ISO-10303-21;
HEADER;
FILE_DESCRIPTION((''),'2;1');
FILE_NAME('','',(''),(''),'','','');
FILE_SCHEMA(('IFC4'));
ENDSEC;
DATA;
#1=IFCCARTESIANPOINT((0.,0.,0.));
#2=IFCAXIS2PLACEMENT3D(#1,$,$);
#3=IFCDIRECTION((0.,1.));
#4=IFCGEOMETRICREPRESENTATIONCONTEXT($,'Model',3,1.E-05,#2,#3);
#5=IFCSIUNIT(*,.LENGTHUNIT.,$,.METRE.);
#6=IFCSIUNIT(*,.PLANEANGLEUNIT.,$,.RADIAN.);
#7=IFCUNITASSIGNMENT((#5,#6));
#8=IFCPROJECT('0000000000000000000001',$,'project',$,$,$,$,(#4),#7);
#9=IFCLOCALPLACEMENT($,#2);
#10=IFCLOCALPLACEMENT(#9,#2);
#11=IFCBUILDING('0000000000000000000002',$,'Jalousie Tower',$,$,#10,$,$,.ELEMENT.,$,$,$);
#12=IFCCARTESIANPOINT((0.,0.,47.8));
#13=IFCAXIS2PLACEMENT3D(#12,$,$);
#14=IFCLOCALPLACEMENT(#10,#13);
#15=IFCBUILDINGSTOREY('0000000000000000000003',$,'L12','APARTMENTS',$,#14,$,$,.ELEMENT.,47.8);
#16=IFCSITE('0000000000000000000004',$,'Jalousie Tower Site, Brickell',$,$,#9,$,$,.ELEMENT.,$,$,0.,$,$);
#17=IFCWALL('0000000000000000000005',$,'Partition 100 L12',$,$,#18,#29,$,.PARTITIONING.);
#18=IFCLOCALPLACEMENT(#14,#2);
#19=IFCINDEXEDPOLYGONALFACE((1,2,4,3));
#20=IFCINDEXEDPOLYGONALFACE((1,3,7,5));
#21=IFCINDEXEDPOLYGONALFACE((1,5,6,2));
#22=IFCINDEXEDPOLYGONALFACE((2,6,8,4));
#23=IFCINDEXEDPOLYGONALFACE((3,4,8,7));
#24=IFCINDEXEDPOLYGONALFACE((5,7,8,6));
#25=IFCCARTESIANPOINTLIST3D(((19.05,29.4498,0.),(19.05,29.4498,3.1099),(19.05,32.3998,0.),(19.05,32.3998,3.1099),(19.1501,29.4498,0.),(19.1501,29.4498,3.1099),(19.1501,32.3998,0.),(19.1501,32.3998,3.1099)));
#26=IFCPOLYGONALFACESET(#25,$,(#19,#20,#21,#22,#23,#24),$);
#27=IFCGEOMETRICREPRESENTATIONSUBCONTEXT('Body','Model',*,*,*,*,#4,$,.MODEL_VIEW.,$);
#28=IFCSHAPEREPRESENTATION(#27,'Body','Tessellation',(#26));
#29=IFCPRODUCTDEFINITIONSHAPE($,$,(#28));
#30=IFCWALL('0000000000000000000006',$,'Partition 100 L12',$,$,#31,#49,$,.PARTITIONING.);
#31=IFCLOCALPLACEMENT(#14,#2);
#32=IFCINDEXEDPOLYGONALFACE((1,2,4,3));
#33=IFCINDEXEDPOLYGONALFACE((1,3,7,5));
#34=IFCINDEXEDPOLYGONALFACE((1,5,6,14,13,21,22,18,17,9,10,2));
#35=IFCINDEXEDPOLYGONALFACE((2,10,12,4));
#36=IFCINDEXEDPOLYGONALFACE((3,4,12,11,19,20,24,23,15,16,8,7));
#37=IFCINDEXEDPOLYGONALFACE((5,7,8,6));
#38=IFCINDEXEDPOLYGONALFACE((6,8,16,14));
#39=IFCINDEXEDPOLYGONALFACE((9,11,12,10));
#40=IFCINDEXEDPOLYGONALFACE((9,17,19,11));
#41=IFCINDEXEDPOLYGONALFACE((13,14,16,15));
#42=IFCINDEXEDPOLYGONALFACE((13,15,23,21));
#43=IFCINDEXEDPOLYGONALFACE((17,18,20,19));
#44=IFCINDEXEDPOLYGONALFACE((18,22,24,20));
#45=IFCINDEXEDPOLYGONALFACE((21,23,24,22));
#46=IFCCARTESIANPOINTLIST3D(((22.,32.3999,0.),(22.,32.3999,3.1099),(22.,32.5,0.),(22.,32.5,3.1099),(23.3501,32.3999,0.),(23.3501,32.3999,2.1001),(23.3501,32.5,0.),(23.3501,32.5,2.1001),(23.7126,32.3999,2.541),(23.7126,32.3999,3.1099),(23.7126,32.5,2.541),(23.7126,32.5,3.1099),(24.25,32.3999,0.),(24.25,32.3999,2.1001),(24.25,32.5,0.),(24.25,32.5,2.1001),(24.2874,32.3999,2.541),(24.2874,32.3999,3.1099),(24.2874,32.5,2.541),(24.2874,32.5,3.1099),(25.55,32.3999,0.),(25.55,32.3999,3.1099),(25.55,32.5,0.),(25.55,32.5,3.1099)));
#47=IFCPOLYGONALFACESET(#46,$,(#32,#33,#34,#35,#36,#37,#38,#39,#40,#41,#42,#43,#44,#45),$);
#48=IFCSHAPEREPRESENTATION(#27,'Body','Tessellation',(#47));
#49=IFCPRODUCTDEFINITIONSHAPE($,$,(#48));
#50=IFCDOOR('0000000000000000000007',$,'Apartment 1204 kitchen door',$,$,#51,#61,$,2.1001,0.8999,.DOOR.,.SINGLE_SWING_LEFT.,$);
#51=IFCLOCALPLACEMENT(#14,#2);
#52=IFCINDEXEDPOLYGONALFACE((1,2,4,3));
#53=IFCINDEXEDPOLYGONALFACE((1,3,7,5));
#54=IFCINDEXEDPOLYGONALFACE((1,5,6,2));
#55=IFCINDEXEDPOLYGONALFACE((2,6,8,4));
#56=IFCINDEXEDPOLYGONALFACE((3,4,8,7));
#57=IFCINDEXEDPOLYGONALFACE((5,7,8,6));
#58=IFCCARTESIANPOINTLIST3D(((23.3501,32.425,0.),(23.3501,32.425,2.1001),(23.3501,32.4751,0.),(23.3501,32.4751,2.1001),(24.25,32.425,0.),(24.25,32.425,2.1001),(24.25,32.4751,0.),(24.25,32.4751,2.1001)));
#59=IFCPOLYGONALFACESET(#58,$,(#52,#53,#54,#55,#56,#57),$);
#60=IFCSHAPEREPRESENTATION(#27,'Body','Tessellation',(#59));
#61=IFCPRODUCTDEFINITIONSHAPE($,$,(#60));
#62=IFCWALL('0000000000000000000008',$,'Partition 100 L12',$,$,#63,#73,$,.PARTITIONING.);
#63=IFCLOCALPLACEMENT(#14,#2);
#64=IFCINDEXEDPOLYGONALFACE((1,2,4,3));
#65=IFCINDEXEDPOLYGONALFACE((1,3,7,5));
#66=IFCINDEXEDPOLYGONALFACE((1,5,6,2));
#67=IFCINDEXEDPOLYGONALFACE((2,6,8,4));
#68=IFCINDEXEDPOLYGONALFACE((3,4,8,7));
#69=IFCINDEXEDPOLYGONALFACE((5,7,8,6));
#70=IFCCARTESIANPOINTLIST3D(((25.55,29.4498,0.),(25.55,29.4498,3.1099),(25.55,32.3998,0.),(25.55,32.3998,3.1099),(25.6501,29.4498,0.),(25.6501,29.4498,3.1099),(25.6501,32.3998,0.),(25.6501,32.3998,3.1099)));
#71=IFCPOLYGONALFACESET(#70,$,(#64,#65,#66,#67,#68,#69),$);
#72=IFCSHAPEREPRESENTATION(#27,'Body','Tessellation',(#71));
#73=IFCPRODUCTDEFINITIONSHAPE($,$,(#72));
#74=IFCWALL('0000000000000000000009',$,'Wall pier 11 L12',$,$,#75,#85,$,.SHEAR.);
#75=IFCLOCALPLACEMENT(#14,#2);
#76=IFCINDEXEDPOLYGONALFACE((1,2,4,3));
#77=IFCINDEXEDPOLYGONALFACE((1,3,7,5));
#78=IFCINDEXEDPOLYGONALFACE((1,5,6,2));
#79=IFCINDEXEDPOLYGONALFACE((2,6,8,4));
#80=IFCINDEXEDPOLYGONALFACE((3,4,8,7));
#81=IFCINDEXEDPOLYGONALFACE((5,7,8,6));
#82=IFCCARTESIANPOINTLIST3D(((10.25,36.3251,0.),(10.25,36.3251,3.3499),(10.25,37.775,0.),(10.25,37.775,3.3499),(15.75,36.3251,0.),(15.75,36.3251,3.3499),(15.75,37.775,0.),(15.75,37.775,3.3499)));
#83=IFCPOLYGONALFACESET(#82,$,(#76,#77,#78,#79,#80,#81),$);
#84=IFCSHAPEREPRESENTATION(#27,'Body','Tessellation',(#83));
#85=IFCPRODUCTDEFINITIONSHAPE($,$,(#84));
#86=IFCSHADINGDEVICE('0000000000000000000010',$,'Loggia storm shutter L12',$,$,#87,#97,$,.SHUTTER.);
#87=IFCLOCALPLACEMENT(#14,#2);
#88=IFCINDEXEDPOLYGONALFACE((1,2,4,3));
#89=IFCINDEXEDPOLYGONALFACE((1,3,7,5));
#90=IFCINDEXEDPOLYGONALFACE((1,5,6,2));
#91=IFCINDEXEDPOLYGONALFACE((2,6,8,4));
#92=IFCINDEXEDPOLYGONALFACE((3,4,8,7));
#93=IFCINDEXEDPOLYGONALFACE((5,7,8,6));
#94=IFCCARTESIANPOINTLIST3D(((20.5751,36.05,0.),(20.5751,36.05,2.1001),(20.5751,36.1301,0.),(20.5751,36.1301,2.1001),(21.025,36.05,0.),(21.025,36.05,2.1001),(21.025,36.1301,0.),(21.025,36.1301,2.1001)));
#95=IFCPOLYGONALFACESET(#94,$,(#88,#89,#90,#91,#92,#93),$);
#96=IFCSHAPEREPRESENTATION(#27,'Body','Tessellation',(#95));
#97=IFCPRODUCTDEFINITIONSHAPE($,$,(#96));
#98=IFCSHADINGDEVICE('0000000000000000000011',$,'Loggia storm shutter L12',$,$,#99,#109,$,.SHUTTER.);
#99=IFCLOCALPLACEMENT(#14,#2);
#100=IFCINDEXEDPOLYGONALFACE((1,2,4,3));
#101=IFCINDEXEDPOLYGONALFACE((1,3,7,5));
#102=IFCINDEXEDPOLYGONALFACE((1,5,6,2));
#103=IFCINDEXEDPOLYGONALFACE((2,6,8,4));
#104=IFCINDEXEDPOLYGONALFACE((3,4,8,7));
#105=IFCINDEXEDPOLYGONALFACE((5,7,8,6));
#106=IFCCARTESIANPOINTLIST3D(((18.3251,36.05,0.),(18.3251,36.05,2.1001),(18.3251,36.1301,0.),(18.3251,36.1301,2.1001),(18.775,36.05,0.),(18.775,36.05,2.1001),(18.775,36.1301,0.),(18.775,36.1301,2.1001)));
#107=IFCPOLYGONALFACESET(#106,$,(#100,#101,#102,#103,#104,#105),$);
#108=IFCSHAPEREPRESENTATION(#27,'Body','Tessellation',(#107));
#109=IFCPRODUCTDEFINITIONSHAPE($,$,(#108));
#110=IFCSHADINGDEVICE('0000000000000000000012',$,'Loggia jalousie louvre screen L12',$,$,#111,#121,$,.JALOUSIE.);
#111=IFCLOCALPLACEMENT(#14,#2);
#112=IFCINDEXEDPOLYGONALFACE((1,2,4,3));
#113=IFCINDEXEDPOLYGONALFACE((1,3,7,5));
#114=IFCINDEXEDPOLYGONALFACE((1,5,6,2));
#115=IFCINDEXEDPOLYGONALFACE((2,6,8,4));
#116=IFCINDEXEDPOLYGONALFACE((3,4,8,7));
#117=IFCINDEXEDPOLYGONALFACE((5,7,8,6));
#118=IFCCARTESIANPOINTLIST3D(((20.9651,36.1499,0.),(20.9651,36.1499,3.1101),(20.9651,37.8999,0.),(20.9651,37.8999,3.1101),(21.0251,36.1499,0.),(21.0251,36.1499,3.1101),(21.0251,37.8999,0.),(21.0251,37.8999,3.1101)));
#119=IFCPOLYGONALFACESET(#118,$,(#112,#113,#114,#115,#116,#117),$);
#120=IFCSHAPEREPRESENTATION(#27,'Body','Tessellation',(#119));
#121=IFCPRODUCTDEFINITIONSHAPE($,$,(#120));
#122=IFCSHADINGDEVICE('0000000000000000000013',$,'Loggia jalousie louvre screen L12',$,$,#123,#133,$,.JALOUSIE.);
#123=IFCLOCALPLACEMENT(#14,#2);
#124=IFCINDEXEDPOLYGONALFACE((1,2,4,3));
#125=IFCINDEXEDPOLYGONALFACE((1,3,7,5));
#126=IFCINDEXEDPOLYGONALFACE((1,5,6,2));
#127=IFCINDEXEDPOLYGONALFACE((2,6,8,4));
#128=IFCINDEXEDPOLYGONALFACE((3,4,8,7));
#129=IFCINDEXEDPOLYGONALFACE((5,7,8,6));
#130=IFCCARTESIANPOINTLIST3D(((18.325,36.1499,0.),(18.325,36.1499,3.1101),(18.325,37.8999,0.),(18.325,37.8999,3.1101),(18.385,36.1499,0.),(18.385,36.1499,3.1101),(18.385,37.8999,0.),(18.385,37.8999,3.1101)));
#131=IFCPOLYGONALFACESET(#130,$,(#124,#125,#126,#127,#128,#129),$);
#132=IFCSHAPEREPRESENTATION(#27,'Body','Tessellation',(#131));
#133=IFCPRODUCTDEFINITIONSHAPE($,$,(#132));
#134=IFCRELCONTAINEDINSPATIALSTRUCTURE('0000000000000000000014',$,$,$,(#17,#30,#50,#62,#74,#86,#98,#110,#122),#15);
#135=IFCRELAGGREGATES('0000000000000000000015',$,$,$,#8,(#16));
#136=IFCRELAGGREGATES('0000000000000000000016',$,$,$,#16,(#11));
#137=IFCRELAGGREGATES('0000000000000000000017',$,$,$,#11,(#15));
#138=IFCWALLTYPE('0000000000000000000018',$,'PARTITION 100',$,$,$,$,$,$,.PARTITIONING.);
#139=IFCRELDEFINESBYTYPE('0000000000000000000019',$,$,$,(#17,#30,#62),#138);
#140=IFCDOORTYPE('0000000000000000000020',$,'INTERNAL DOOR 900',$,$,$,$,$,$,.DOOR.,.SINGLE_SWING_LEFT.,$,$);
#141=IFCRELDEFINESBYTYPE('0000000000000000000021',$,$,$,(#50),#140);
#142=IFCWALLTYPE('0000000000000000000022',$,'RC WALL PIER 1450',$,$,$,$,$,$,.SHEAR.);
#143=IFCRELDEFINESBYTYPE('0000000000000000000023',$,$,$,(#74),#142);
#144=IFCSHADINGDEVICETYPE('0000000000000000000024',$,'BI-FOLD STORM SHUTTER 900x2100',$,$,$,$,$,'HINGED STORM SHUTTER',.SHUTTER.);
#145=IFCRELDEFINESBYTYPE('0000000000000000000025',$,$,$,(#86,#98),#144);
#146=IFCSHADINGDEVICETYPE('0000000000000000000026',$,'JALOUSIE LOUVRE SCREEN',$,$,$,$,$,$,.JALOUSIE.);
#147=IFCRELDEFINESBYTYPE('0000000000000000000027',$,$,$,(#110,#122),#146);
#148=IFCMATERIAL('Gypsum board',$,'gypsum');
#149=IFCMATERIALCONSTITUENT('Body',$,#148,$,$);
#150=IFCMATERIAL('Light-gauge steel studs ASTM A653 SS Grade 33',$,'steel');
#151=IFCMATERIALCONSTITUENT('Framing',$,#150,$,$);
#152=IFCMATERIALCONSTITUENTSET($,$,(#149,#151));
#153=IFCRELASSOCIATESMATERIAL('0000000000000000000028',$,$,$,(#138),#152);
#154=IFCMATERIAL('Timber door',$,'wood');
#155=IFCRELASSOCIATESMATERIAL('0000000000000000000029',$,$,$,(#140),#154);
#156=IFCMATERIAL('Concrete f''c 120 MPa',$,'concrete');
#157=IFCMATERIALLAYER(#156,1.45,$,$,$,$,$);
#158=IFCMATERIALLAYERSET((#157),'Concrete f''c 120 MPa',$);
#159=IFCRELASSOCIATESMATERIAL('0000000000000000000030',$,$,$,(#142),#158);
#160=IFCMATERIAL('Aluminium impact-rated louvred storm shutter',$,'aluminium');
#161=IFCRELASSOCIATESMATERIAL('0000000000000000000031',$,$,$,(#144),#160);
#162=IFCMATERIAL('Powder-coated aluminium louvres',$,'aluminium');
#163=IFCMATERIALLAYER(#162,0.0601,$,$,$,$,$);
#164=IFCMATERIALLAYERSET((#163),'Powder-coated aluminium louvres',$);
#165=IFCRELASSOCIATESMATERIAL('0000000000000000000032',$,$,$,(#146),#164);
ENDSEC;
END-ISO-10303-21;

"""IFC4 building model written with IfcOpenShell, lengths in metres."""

from ifc_helpers import new_model, si_unit, direction, frame, frame_2d, origin, origin_2d, place, context, subcontext, project, spatial, polyline, rectangle, outline, extrude, material, layer, layer_set, constituent, constituent_set, type_object, element, fill, save


model = new_model("IFC4")

# Units and contexts
model_context = context("Model", 3, precision=1e-05, world=origin(), true_north=direction((0.0, 1.0)))
body_context = subcontext(model_context, "Body", "Model", "MODEL_VIEW")
ifc_project = project(units=[si_unit("LENGTHUNIT", "METRE"), si_unit("PLANEANGLEUNIT", "RADIAN")], contexts=[model_context])

# Site, building, storey
site_placement = place(None, origin())
site = spatial("IfcSite", under=ifc_project, at=site_placement, Name="Jalousie Tower Site, Brickell", CompositionType="ELEMENT", RefElevation=0.0)
building_placement = place(site_placement, origin())
building = spatial("IfcBuilding", under=site, at=building_placement, Name="Jalousie Tower", CompositionType="ELEMENT")
storey_placement = place(building_placement, frame((0.0, 0.0, 47.8)))
storey = spatial("IfcBuildingStorey", under=building, at=storey_placement, Name="L12", Description="APARTMENTS", CompositionType="ELEMENT", Elevation=47.8)

# Shared definitions
ifc_material_1 = material(Name="Gypsum board", Category="gypsum")
ifc_constituent_1 = constituent(ifc_material_1, Name="Body")
ifc_material_2 = material(Name="Light-gauge steel studs ASTM A653 SS Grade 33", Category="steel")
ifc_constituent_2 = constituent(ifc_material_2, Name="Framing")
ifc_constituent_set_1 = constituent_set(constituents=[ifc_constituent_1, ifc_constituent_2])
wall_type_1 = type_object("IfcWallType", Name="PARTITION 100", PredefinedType="PARTITIONING", material=ifc_constituent_set_1)
ifc_material_3 = material(Name="Timber door", Category="wood")
door_type_1 = type_object("IfcDoorType", Name="INTERNAL DOOR 900", OperationType="SINGLE_SWING_LEFT", PredefinedType="DOOR", material=ifc_material_3)

# Wall
wall_1_placement = place(storey_placement, frame((19.1001, 32.3999, 0.0), z_axis=(0.0, 0.0, 1.0), x_axis=(0.0, -1.0, 0.0)))
element("IfcWall", 1, at=wall_1_placement, inside=storey, type_object=wall_type_1, Name="Partition 100 L12", PredefinedType="PARTITIONING", context=body_context, shape_type="SweptSolid", body=[
    extrude(rectangle(XDim=2.95, YDim=0.1001, at=frame_2d((1.4751, 0.0))), origin(), (0.0, 0.0, 1.0), 3.1099),
])

# Wall, opening, door
wall_2_placement = place(storey_placement, frame((22.0, 32.45, 0.0), z_axis=(0.0, 0.0, 1.0), x_axis=(1.0, 0.0, 0.0)))
wall_2 = element("IfcWall", 2, at=wall_2_placement, inside=storey, type_object=wall_type_1, Name="Partition 100 L12", PredefinedType="PARTITIONING", context=body_context, shape_type="SweptSolid", body=[
    extrude(outline(polyline([(0.0, 0.0), (3.55, 0.0), (3.55, 3.1099), (2.2874, 3.1099), (2.2874, 2.541), (1.7126, 2.541), (1.7126, 3.1099), (0.0, 3.1099), (0.0, 0.0)])), frame((0.0, 0.05, 0.0), z_axis=(0.0, -1.0, 0.0), x_axis=(1.0, 0.0, 0.0)), (0.0, 0.0, 1.0), 0.1001),
])
opening_1_placement = place(wall_2_placement, frame((1.3501, 0.0, 0.0)))
opening_1 = element("IfcOpeningElement", 3, at=opening_1_placement, cuts=wall_2, PredefinedType="OPENING", context=body_context, shape_type="SweptSolid", body=[
    extrude(rectangle(XDim=0.8999, YDim=2.1001, at=frame_2d((0.45, 1.05))), frame((0.0, 0.0601, 0.0), z_axis=(0.0, -1.0, 0.0), x_axis=(1.0, 0.0, 0.0)), (0.0, 0.0, 1.0), 0.1201),
])
door_1_placement = place(opening_1_placement, frame((0.8999, 0.0, 0.0), z_axis=(0.0, 0.0, 1.0), x_axis=(-1.0, 0.0, 0.0)))
door_1 = element("IfcDoor", 4, at=door_1_placement, inside=storey, type_object=door_type_1, Name="Apartment 1204 kitchen door", OperationType="SINGLE_SWING_LEFT", OverallHeight=2.1001, OverallWidth=0.8999, PredefinedType="DOOR", context=body_context, shape_type="SweptSolid", body=[
    extrude(rectangle(XDim=0.8999, YDim=2.1001, at=frame_2d((0.45, 1.05))), frame((0.0, 0.0249, 0.0), z_axis=(0.0, -1.0, 0.0), x_axis=(1.0, 0.0, 0.0)), (0.0, 0.0, 1.0), 0.05),
])
fill(opening_1, door_1)

# Walls
wall_3_placement = place(storey_placement, frame((25.6001, 32.3999, 0.0), z_axis=(0.0, 0.0, 1.0), x_axis=(0.0, -1.0, 0.0)))
element("IfcWall", 5, at=wall_3_placement, inside=storey, type_object=wall_type_1, Name="Partition 100 L12", PredefinedType="PARTITIONING", context=body_context, shape_type="SweptSolid", body=[
    extrude(rectangle(XDim=2.95, YDim=0.1001, at=frame_2d((1.4751, 0.0))), origin(), (0.0, 0.0, 1.0), 3.1099),
])
ifc_material_4 = material(Name="Concrete f'c 120 MPa", Category="concrete")
ifc_layer_1 = layer(ifc_material_4, 1.45)
ifc_layer_set_1 = layer_set([ifc_layer_1], Name="Concrete f'c 120 MPa")
wall_type_2 = type_object("IfcWallType", Name="RC WALL PIER 1450", PredefinedType="SHEAR", material=ifc_layer_set_1)
wall_4_placement = place(storey_placement, frame((10.25, 37.05, 0.0), z_axis=(0.0, 0.0, 1.0), x_axis=(1.0, 0.0, 0.0)))
element("IfcWall", 6, at=wall_4_placement, inside=storey, type_object=wall_type_2, Name="Wall pier 11 L12", PredefinedType="SHEAR", context=body_context, shape_type="SweptSolid", body=[
    extrude(rectangle(XDim=5.5, YDim=1.45, at=frame_2d((2.75, 0.0))), origin(), (0.0, 0.0, 1.0), 3.3499),
])

# Shading devices
ifc_material_5 = material(Name="Aluminium impact-rated louvred storm shutter", Category="aluminium")
shading_device_type_1 = type_object("IfcShadingDeviceType", Name="BI-FOLD STORM SHUTTER 900x2100", ElementType="HINGED STORM SHUTTER", PredefinedType="SHUTTER", material=ifc_material_5)
for number, where, z_axis, x_axis, name in (
    (7, (20.8, 36.0901, 0.0), (0.0, 0.0, 1.0), (-1.0, 0.0, 0.0), "Loggia storm shutter L12"),
    (8, (18.55, 36.0901, 0.0), (0.0, 0.0, 1.0), (-1.0, 0.0, 0.0), "Loggia storm shutter L12"),
):
    element("IfcShadingDevice", number, at=place(storey_placement, frame(where, z_axis=z_axis, x_axis=x_axis)), inside=storey, type_object=shading_device_type_1, Name=name, PredefinedType="SHUTTER", context=body_context, shape_type="SweptSolid", body=[
        extrude(rectangle(XDim=0.45, YDim=0.0801, at=origin_2d()), origin(), (0.0, 0.0, 1.0), 2.1001),
    ])
ifc_material_6 = material(Name="Powder-coated aluminium louvres", Category="aluminium")
ifc_layer_2 = layer(ifc_material_6, 0.0601)
ifc_layer_set_2 = layer_set([ifc_layer_2], Name="Powder-coated aluminium louvres")
shading_device_type_2 = type_object("IfcShadingDeviceType", Name="JALOUSIE LOUVRE SCREEN", PredefinedType="JALOUSIE", material=ifc_layer_set_2)
for number, where, z_axis, x_axis, name in (
    (9, (20.9951, 37.0249, 0.0), (0.0, 0.0, 1.0), (-1.0, 0.0, 0.0), "Loggia jalousie louvre screen L12"),
    (10, (18.355, 37.0249, 0.0), (0.0, 0.0, 1.0), (-1.0, 0.0, 0.0), "Loggia jalousie louvre screen L12"),
):
    element("IfcShadingDevice", number, at=place(storey_placement, frame(where, z_axis=z_axis, x_axis=x_axis)), inside=storey, type_object=shading_device_type_2, Name=name, PredefinedType="JALOUSIE", context=body_context, shape_type="SweptSolid", body=[
        extrude(rectangle(XDim=0.0601, YDim=1.75, at=origin_2d()), origin(), (0.0, 0.0, 1.0), 3.1101),
    ])

save(model, "model.ifc")
